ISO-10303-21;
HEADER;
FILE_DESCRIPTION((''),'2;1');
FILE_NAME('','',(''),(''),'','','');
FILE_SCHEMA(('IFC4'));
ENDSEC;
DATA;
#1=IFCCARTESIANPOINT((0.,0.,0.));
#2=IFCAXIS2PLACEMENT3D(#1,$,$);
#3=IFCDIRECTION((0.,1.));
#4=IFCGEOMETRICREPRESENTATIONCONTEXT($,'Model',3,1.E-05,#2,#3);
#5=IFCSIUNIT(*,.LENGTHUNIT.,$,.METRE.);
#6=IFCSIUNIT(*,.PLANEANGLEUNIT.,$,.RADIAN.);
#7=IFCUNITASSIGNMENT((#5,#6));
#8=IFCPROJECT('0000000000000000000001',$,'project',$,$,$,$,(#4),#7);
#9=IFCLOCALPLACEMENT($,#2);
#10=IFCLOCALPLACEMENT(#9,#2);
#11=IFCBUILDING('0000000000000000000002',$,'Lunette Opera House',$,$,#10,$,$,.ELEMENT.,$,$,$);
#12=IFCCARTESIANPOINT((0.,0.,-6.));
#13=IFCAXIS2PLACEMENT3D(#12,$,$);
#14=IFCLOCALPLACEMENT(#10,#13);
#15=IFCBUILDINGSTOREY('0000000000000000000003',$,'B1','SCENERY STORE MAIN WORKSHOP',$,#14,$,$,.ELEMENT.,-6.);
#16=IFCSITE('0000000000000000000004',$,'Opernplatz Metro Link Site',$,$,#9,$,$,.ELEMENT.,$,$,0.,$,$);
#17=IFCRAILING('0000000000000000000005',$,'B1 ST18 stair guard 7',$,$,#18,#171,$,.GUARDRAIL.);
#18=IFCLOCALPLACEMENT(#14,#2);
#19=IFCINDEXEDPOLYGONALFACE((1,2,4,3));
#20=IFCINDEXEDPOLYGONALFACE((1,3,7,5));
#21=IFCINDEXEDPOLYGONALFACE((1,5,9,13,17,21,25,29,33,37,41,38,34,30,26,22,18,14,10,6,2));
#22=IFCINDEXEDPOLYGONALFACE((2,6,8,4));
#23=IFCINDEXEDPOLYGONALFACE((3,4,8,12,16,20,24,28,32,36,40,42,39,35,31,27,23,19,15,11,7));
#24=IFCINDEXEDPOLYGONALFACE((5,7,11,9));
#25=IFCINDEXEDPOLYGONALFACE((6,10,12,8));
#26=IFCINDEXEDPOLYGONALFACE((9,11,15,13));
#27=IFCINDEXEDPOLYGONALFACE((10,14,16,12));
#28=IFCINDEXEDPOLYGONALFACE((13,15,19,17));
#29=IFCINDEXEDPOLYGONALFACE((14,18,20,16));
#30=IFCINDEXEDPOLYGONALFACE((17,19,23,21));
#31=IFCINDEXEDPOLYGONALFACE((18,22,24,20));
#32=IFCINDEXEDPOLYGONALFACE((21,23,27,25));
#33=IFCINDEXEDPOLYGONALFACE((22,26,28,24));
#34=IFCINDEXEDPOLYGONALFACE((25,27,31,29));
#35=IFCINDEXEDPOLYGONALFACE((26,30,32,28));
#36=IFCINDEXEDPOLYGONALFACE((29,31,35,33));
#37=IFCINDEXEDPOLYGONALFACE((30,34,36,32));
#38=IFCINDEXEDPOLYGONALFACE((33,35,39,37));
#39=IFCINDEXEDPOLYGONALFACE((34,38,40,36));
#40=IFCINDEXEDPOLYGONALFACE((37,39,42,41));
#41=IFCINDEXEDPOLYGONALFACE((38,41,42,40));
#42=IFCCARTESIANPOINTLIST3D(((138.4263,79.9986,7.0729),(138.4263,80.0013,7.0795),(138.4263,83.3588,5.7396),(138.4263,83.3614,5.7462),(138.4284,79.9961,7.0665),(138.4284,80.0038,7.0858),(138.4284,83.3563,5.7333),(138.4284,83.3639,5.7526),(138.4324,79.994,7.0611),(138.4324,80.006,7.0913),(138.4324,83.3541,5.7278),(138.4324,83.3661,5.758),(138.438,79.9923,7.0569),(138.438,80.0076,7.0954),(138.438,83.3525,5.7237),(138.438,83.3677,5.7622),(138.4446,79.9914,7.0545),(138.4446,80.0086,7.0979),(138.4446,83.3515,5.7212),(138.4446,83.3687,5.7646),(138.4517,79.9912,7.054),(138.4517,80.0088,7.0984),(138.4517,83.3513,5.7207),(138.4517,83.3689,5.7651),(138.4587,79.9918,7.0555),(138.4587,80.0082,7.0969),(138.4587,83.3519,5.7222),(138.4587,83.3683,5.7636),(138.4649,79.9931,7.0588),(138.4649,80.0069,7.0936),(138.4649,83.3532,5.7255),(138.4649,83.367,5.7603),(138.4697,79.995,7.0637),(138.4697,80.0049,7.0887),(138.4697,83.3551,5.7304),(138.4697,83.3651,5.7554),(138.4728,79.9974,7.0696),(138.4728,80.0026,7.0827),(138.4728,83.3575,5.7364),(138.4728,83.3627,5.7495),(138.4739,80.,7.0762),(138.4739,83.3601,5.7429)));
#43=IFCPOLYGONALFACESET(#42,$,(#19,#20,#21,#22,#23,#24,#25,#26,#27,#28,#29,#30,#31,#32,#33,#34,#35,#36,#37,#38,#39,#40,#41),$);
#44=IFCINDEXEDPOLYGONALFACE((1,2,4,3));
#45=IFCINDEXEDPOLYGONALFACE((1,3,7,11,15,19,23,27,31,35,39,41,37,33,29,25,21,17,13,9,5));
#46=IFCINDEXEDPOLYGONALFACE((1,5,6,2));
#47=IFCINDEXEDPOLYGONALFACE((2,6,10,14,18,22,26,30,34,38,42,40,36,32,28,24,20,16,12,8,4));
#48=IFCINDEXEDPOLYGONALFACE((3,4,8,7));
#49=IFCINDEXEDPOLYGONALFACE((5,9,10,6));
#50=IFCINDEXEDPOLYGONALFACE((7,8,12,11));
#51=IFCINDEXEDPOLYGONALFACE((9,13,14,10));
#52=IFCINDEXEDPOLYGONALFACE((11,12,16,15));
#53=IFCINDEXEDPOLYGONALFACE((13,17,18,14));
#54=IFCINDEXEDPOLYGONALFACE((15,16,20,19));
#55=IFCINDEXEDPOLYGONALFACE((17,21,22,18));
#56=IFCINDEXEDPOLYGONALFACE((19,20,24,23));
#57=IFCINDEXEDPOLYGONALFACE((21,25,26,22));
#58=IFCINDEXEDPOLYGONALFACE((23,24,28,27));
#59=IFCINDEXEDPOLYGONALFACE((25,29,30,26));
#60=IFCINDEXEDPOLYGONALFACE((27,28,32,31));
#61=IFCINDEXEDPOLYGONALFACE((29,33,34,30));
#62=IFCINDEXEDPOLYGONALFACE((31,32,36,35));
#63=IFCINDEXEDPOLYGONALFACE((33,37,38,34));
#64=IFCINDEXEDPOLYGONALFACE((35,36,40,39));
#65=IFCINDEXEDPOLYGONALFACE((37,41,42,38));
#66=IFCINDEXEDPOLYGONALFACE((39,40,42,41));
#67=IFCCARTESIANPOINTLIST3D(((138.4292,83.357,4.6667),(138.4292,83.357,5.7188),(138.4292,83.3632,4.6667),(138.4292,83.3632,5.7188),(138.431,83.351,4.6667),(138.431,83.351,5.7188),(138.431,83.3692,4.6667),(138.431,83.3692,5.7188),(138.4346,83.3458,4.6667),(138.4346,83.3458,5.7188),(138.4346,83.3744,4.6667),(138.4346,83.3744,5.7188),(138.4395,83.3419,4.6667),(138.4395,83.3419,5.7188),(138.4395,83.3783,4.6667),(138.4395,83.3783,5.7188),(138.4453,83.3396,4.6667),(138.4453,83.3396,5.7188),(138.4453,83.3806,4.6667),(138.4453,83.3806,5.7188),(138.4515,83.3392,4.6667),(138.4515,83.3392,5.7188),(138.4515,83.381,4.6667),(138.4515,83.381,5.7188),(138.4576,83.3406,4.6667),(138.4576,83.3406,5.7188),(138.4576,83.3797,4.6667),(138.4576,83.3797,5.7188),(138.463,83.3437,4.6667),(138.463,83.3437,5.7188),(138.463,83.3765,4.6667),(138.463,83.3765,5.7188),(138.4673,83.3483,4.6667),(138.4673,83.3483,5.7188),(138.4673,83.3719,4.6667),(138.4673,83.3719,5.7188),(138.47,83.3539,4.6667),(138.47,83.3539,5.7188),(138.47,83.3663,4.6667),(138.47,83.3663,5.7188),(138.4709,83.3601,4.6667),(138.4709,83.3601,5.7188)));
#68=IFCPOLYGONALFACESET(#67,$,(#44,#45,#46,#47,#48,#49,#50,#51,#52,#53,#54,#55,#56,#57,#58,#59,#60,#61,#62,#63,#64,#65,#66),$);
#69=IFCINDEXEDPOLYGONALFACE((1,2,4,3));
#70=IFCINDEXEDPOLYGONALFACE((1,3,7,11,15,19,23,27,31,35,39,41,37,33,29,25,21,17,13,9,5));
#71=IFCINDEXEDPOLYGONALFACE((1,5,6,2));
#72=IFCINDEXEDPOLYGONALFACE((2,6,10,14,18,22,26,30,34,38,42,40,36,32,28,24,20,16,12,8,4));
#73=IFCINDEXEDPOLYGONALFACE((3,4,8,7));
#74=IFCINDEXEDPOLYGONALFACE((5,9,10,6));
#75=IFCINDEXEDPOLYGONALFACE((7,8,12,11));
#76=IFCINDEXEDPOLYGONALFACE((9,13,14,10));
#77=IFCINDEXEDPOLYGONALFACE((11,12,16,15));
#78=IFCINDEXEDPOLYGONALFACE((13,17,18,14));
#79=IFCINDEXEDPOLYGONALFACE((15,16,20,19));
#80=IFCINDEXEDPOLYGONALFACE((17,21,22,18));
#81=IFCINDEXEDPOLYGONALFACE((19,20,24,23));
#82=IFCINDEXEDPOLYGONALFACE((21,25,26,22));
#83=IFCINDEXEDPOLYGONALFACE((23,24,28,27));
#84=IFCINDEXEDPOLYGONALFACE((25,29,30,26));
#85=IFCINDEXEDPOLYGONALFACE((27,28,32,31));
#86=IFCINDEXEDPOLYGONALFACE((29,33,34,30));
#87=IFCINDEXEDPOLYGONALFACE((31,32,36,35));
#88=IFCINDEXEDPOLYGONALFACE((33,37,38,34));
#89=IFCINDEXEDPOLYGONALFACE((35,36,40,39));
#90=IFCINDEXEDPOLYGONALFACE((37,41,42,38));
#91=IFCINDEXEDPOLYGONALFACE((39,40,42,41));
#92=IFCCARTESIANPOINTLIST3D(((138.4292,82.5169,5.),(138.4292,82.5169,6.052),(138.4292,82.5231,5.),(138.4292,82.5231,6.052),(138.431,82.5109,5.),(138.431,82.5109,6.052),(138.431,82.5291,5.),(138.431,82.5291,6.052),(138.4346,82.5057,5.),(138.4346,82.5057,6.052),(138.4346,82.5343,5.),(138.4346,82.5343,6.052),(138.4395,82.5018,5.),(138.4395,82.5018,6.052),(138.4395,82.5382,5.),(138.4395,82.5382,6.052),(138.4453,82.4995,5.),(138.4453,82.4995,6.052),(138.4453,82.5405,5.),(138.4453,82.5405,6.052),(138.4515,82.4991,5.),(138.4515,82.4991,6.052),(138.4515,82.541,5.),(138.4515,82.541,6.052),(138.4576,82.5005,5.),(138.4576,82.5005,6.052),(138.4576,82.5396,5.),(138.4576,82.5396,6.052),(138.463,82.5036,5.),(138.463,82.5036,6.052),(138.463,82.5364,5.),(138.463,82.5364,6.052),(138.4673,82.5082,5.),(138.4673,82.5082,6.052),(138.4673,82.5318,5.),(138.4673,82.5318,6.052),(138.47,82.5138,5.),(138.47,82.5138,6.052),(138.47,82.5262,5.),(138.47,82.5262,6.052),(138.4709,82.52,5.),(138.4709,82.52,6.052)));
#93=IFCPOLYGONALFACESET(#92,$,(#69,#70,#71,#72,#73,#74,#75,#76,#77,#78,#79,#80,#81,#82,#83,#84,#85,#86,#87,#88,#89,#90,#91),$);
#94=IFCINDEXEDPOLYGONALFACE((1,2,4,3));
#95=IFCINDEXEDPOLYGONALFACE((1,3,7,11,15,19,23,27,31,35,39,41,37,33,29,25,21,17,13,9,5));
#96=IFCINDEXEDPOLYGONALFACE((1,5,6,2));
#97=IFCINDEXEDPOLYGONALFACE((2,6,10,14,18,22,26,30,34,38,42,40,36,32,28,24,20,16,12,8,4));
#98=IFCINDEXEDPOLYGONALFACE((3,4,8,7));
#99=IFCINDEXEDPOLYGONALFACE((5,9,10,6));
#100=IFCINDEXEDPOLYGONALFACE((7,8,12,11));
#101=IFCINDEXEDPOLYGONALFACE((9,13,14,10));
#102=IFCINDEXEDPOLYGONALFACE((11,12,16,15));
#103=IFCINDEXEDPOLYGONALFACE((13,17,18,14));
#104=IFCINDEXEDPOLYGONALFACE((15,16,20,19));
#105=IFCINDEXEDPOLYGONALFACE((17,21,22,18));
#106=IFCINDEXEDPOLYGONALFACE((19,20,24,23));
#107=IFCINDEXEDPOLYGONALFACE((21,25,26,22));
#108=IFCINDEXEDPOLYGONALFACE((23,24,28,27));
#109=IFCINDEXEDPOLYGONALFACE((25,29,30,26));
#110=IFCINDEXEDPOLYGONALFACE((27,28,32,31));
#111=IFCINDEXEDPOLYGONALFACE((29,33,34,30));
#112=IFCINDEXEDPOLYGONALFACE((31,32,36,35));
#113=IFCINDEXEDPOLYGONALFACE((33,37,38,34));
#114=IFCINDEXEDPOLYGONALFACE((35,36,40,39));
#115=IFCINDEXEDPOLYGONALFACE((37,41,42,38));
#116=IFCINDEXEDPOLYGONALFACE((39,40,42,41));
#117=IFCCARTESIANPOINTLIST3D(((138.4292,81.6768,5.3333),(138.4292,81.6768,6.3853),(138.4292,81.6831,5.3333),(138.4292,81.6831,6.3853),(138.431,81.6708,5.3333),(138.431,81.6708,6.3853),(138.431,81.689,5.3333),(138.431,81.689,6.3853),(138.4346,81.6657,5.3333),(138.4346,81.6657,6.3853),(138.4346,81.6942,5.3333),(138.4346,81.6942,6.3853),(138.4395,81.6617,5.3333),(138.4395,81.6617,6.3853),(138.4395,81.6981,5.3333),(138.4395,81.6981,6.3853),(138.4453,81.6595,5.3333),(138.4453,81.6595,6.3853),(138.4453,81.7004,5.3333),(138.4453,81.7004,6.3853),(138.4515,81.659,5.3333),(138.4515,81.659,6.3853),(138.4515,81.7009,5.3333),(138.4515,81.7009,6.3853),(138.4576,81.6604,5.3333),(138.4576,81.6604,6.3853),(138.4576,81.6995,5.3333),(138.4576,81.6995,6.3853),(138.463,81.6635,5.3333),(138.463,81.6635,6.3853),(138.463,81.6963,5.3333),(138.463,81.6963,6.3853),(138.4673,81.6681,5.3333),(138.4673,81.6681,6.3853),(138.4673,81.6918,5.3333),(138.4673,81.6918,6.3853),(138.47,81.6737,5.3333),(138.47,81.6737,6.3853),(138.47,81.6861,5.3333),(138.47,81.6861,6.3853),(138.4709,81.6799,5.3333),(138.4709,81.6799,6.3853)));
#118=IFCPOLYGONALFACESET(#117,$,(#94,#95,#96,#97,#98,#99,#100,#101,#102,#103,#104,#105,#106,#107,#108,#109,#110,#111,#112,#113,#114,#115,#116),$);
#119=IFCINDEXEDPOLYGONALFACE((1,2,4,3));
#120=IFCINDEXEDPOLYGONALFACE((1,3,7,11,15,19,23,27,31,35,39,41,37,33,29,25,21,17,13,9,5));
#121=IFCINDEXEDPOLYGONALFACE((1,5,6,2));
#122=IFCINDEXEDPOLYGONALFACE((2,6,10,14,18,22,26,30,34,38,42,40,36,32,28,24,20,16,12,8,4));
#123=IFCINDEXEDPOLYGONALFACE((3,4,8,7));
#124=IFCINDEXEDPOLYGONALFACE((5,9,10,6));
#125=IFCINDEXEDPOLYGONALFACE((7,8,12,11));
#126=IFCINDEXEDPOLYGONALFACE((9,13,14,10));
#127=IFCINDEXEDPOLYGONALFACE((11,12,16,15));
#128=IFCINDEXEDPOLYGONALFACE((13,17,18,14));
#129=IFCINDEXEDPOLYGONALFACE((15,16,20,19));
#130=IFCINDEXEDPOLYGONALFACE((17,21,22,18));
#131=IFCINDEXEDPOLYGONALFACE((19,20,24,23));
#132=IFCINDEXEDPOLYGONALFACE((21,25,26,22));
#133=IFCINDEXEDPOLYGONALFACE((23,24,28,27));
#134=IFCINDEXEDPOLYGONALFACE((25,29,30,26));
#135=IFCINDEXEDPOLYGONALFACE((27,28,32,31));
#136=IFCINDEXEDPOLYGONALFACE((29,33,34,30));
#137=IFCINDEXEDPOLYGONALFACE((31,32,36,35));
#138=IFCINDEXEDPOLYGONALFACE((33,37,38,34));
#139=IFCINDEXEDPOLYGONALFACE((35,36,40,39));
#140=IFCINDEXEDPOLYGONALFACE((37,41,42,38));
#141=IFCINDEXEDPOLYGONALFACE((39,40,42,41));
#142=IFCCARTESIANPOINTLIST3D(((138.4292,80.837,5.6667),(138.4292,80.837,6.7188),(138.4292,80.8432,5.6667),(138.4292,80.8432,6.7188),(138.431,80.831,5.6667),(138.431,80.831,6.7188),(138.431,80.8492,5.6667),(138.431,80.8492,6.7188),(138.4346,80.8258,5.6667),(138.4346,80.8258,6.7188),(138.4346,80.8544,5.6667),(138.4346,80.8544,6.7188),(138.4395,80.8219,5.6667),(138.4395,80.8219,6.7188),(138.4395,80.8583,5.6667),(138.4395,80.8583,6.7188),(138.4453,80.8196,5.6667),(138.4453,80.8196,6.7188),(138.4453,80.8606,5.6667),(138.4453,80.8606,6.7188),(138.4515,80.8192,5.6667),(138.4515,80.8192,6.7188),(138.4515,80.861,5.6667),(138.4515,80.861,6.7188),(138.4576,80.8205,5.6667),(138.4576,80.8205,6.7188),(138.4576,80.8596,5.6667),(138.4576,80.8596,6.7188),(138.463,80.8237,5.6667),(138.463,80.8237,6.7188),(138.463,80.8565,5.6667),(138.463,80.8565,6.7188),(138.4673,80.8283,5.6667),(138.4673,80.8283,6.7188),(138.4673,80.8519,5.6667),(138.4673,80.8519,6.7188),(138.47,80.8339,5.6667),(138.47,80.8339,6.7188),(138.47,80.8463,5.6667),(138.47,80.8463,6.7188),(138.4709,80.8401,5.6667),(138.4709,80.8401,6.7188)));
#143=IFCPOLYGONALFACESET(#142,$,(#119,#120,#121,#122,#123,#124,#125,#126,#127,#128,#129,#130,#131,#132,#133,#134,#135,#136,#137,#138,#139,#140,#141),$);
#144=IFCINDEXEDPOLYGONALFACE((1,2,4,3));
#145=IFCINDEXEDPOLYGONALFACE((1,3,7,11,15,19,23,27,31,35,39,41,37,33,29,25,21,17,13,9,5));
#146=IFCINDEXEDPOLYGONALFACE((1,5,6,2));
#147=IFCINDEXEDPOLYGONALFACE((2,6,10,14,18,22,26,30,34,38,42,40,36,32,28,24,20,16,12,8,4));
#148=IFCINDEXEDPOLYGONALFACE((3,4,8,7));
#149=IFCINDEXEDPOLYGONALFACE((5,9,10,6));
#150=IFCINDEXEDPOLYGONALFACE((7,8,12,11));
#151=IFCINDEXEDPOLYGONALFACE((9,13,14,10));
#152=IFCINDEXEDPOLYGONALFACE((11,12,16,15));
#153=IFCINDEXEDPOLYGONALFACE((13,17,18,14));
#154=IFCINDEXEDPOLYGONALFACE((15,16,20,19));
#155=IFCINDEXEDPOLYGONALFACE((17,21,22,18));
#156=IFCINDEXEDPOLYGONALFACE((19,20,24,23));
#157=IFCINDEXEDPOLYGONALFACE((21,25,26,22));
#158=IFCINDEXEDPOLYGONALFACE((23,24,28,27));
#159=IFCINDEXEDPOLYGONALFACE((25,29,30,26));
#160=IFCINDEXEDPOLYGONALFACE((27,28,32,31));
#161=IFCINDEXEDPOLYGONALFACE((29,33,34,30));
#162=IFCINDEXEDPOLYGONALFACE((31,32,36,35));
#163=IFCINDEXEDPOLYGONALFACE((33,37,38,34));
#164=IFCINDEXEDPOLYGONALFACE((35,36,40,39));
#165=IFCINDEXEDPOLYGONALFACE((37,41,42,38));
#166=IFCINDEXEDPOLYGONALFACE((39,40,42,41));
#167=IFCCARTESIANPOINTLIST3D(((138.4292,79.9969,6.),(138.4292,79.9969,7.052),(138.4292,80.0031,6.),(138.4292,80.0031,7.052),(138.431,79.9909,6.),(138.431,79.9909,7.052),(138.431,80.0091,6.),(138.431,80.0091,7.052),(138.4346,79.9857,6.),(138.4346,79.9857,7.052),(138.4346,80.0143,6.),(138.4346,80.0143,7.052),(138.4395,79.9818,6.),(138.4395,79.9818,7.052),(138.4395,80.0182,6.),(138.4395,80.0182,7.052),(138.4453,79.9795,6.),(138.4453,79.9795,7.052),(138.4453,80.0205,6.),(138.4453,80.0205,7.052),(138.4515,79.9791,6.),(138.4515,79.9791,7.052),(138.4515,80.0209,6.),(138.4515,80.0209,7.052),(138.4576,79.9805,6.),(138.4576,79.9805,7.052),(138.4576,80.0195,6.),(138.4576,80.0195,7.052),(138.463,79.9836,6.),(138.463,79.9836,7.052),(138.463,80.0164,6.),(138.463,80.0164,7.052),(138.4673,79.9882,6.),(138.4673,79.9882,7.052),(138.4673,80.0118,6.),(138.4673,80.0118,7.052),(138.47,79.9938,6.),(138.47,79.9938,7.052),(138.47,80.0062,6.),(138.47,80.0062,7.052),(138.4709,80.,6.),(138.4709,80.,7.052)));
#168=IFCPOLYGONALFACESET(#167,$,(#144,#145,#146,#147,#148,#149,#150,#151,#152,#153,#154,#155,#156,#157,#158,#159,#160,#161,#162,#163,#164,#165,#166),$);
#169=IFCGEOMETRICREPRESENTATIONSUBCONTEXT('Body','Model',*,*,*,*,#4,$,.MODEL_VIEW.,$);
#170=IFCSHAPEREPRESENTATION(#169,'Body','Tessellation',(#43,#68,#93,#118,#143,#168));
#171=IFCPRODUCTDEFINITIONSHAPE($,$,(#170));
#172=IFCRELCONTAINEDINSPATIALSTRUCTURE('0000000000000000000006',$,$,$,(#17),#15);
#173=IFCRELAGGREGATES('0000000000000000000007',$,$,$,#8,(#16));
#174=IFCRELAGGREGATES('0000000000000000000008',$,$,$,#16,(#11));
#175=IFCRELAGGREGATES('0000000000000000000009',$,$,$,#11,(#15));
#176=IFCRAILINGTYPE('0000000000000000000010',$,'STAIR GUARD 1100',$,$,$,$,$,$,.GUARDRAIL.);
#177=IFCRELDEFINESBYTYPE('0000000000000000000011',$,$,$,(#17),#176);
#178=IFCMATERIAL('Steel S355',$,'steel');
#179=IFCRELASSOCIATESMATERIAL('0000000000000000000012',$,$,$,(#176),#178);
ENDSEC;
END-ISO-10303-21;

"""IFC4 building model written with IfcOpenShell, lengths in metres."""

from ifc_helpers import new_model, si_unit, direction, frame, origin, origin_2d, place, context, subcontext, project, spatial, circle, extrude, material, type_object, element, save


model = new_model("IFC4")

# Units and contexts
model_context = context("Model", 3, precision=1e-05, world=origin(), true_north=direction((0.0, 1.0)))
body_context = subcontext(model_context, "Body", "Model", "MODEL_VIEW")
ifc_project = project(units=[si_unit("LENGTHUNIT", "METRE"), si_unit("PLANEANGLEUNIT", "RADIAN")], contexts=[model_context])

# Site, building, storey
site_placement = place(None, origin())
site = spatial("IfcSite", under=ifc_project, at=site_placement, Name="Opernplatz Metro Link Site", CompositionType="ELEMENT", RefElevation=0.0)
building_placement = place(site_placement, origin())
building = spatial("IfcBuilding", under=site, at=building_placement, Name="Lunette Opera House", CompositionType="ELEMENT")
storey_placement = place(building_placement, frame((0.0, 0.0, -6.0)))
storey = spatial("IfcBuildingStorey", under=building, at=storey_placement, Name="B1", Description="SCENERY STORE MAIN WORKSHOP", CompositionType="ELEMENT", Elevation=-6.0)

# Railing
ifc_material_1 = material(Name="Steel S355", Category="steel")
railing_type_1 = type_object("IfcRailingType", Name="STAIR GUARD 1100", PredefinedType="GUARDRAIL", material=ifc_material_1)
railing_1_placement = place(storey_placement, frame((138.45, 83.3601, 4.6667)))
element("IfcRailing", 1, at=railing_1_placement, inside=storey, type_object=railing_type_1, Name="B1 ST18 stair guard 7", PredefinedType="GUARDRAIL", context=body_context, shape_type="SweptSolid", body=[
    extrude(circle(Radius=0.0239, at=origin_2d()), frame((0.0, 0.0, 1.0762), z_axis=(0.0, -0.929502, 0.368816), x_axis=(1.0, 0.0, 0.0)), (0.0, 0.0, 1.0), 3.615),
    extrude(circle(Radius=0.021, at=origin_2d()), origin(), (0.0, 0.0, 1.0), 1.052),
    extrude(circle(Radius=0.021, at=origin_2d()), frame((0.0, -0.8401, 0.3333)), (0.0, 0.0, 1.0), 1.052),
    extrude(circle(Radius=0.021, at=origin_2d()), frame((0.0, -1.6802, 0.6665)), (0.0, 0.0, 1.0), 1.052),
    extrude(circle(Radius=0.021, at=origin_2d()), frame((0.0, -2.52, 1.0)), (0.0, 0.0, 1.0), 1.052),
    extrude(circle(Radius=0.021, at=origin_2d()), frame((0.0, -3.3601, 1.3333)), (0.0, 0.0, 1.0), 1.052),
])

save(model, "model.ifc")
